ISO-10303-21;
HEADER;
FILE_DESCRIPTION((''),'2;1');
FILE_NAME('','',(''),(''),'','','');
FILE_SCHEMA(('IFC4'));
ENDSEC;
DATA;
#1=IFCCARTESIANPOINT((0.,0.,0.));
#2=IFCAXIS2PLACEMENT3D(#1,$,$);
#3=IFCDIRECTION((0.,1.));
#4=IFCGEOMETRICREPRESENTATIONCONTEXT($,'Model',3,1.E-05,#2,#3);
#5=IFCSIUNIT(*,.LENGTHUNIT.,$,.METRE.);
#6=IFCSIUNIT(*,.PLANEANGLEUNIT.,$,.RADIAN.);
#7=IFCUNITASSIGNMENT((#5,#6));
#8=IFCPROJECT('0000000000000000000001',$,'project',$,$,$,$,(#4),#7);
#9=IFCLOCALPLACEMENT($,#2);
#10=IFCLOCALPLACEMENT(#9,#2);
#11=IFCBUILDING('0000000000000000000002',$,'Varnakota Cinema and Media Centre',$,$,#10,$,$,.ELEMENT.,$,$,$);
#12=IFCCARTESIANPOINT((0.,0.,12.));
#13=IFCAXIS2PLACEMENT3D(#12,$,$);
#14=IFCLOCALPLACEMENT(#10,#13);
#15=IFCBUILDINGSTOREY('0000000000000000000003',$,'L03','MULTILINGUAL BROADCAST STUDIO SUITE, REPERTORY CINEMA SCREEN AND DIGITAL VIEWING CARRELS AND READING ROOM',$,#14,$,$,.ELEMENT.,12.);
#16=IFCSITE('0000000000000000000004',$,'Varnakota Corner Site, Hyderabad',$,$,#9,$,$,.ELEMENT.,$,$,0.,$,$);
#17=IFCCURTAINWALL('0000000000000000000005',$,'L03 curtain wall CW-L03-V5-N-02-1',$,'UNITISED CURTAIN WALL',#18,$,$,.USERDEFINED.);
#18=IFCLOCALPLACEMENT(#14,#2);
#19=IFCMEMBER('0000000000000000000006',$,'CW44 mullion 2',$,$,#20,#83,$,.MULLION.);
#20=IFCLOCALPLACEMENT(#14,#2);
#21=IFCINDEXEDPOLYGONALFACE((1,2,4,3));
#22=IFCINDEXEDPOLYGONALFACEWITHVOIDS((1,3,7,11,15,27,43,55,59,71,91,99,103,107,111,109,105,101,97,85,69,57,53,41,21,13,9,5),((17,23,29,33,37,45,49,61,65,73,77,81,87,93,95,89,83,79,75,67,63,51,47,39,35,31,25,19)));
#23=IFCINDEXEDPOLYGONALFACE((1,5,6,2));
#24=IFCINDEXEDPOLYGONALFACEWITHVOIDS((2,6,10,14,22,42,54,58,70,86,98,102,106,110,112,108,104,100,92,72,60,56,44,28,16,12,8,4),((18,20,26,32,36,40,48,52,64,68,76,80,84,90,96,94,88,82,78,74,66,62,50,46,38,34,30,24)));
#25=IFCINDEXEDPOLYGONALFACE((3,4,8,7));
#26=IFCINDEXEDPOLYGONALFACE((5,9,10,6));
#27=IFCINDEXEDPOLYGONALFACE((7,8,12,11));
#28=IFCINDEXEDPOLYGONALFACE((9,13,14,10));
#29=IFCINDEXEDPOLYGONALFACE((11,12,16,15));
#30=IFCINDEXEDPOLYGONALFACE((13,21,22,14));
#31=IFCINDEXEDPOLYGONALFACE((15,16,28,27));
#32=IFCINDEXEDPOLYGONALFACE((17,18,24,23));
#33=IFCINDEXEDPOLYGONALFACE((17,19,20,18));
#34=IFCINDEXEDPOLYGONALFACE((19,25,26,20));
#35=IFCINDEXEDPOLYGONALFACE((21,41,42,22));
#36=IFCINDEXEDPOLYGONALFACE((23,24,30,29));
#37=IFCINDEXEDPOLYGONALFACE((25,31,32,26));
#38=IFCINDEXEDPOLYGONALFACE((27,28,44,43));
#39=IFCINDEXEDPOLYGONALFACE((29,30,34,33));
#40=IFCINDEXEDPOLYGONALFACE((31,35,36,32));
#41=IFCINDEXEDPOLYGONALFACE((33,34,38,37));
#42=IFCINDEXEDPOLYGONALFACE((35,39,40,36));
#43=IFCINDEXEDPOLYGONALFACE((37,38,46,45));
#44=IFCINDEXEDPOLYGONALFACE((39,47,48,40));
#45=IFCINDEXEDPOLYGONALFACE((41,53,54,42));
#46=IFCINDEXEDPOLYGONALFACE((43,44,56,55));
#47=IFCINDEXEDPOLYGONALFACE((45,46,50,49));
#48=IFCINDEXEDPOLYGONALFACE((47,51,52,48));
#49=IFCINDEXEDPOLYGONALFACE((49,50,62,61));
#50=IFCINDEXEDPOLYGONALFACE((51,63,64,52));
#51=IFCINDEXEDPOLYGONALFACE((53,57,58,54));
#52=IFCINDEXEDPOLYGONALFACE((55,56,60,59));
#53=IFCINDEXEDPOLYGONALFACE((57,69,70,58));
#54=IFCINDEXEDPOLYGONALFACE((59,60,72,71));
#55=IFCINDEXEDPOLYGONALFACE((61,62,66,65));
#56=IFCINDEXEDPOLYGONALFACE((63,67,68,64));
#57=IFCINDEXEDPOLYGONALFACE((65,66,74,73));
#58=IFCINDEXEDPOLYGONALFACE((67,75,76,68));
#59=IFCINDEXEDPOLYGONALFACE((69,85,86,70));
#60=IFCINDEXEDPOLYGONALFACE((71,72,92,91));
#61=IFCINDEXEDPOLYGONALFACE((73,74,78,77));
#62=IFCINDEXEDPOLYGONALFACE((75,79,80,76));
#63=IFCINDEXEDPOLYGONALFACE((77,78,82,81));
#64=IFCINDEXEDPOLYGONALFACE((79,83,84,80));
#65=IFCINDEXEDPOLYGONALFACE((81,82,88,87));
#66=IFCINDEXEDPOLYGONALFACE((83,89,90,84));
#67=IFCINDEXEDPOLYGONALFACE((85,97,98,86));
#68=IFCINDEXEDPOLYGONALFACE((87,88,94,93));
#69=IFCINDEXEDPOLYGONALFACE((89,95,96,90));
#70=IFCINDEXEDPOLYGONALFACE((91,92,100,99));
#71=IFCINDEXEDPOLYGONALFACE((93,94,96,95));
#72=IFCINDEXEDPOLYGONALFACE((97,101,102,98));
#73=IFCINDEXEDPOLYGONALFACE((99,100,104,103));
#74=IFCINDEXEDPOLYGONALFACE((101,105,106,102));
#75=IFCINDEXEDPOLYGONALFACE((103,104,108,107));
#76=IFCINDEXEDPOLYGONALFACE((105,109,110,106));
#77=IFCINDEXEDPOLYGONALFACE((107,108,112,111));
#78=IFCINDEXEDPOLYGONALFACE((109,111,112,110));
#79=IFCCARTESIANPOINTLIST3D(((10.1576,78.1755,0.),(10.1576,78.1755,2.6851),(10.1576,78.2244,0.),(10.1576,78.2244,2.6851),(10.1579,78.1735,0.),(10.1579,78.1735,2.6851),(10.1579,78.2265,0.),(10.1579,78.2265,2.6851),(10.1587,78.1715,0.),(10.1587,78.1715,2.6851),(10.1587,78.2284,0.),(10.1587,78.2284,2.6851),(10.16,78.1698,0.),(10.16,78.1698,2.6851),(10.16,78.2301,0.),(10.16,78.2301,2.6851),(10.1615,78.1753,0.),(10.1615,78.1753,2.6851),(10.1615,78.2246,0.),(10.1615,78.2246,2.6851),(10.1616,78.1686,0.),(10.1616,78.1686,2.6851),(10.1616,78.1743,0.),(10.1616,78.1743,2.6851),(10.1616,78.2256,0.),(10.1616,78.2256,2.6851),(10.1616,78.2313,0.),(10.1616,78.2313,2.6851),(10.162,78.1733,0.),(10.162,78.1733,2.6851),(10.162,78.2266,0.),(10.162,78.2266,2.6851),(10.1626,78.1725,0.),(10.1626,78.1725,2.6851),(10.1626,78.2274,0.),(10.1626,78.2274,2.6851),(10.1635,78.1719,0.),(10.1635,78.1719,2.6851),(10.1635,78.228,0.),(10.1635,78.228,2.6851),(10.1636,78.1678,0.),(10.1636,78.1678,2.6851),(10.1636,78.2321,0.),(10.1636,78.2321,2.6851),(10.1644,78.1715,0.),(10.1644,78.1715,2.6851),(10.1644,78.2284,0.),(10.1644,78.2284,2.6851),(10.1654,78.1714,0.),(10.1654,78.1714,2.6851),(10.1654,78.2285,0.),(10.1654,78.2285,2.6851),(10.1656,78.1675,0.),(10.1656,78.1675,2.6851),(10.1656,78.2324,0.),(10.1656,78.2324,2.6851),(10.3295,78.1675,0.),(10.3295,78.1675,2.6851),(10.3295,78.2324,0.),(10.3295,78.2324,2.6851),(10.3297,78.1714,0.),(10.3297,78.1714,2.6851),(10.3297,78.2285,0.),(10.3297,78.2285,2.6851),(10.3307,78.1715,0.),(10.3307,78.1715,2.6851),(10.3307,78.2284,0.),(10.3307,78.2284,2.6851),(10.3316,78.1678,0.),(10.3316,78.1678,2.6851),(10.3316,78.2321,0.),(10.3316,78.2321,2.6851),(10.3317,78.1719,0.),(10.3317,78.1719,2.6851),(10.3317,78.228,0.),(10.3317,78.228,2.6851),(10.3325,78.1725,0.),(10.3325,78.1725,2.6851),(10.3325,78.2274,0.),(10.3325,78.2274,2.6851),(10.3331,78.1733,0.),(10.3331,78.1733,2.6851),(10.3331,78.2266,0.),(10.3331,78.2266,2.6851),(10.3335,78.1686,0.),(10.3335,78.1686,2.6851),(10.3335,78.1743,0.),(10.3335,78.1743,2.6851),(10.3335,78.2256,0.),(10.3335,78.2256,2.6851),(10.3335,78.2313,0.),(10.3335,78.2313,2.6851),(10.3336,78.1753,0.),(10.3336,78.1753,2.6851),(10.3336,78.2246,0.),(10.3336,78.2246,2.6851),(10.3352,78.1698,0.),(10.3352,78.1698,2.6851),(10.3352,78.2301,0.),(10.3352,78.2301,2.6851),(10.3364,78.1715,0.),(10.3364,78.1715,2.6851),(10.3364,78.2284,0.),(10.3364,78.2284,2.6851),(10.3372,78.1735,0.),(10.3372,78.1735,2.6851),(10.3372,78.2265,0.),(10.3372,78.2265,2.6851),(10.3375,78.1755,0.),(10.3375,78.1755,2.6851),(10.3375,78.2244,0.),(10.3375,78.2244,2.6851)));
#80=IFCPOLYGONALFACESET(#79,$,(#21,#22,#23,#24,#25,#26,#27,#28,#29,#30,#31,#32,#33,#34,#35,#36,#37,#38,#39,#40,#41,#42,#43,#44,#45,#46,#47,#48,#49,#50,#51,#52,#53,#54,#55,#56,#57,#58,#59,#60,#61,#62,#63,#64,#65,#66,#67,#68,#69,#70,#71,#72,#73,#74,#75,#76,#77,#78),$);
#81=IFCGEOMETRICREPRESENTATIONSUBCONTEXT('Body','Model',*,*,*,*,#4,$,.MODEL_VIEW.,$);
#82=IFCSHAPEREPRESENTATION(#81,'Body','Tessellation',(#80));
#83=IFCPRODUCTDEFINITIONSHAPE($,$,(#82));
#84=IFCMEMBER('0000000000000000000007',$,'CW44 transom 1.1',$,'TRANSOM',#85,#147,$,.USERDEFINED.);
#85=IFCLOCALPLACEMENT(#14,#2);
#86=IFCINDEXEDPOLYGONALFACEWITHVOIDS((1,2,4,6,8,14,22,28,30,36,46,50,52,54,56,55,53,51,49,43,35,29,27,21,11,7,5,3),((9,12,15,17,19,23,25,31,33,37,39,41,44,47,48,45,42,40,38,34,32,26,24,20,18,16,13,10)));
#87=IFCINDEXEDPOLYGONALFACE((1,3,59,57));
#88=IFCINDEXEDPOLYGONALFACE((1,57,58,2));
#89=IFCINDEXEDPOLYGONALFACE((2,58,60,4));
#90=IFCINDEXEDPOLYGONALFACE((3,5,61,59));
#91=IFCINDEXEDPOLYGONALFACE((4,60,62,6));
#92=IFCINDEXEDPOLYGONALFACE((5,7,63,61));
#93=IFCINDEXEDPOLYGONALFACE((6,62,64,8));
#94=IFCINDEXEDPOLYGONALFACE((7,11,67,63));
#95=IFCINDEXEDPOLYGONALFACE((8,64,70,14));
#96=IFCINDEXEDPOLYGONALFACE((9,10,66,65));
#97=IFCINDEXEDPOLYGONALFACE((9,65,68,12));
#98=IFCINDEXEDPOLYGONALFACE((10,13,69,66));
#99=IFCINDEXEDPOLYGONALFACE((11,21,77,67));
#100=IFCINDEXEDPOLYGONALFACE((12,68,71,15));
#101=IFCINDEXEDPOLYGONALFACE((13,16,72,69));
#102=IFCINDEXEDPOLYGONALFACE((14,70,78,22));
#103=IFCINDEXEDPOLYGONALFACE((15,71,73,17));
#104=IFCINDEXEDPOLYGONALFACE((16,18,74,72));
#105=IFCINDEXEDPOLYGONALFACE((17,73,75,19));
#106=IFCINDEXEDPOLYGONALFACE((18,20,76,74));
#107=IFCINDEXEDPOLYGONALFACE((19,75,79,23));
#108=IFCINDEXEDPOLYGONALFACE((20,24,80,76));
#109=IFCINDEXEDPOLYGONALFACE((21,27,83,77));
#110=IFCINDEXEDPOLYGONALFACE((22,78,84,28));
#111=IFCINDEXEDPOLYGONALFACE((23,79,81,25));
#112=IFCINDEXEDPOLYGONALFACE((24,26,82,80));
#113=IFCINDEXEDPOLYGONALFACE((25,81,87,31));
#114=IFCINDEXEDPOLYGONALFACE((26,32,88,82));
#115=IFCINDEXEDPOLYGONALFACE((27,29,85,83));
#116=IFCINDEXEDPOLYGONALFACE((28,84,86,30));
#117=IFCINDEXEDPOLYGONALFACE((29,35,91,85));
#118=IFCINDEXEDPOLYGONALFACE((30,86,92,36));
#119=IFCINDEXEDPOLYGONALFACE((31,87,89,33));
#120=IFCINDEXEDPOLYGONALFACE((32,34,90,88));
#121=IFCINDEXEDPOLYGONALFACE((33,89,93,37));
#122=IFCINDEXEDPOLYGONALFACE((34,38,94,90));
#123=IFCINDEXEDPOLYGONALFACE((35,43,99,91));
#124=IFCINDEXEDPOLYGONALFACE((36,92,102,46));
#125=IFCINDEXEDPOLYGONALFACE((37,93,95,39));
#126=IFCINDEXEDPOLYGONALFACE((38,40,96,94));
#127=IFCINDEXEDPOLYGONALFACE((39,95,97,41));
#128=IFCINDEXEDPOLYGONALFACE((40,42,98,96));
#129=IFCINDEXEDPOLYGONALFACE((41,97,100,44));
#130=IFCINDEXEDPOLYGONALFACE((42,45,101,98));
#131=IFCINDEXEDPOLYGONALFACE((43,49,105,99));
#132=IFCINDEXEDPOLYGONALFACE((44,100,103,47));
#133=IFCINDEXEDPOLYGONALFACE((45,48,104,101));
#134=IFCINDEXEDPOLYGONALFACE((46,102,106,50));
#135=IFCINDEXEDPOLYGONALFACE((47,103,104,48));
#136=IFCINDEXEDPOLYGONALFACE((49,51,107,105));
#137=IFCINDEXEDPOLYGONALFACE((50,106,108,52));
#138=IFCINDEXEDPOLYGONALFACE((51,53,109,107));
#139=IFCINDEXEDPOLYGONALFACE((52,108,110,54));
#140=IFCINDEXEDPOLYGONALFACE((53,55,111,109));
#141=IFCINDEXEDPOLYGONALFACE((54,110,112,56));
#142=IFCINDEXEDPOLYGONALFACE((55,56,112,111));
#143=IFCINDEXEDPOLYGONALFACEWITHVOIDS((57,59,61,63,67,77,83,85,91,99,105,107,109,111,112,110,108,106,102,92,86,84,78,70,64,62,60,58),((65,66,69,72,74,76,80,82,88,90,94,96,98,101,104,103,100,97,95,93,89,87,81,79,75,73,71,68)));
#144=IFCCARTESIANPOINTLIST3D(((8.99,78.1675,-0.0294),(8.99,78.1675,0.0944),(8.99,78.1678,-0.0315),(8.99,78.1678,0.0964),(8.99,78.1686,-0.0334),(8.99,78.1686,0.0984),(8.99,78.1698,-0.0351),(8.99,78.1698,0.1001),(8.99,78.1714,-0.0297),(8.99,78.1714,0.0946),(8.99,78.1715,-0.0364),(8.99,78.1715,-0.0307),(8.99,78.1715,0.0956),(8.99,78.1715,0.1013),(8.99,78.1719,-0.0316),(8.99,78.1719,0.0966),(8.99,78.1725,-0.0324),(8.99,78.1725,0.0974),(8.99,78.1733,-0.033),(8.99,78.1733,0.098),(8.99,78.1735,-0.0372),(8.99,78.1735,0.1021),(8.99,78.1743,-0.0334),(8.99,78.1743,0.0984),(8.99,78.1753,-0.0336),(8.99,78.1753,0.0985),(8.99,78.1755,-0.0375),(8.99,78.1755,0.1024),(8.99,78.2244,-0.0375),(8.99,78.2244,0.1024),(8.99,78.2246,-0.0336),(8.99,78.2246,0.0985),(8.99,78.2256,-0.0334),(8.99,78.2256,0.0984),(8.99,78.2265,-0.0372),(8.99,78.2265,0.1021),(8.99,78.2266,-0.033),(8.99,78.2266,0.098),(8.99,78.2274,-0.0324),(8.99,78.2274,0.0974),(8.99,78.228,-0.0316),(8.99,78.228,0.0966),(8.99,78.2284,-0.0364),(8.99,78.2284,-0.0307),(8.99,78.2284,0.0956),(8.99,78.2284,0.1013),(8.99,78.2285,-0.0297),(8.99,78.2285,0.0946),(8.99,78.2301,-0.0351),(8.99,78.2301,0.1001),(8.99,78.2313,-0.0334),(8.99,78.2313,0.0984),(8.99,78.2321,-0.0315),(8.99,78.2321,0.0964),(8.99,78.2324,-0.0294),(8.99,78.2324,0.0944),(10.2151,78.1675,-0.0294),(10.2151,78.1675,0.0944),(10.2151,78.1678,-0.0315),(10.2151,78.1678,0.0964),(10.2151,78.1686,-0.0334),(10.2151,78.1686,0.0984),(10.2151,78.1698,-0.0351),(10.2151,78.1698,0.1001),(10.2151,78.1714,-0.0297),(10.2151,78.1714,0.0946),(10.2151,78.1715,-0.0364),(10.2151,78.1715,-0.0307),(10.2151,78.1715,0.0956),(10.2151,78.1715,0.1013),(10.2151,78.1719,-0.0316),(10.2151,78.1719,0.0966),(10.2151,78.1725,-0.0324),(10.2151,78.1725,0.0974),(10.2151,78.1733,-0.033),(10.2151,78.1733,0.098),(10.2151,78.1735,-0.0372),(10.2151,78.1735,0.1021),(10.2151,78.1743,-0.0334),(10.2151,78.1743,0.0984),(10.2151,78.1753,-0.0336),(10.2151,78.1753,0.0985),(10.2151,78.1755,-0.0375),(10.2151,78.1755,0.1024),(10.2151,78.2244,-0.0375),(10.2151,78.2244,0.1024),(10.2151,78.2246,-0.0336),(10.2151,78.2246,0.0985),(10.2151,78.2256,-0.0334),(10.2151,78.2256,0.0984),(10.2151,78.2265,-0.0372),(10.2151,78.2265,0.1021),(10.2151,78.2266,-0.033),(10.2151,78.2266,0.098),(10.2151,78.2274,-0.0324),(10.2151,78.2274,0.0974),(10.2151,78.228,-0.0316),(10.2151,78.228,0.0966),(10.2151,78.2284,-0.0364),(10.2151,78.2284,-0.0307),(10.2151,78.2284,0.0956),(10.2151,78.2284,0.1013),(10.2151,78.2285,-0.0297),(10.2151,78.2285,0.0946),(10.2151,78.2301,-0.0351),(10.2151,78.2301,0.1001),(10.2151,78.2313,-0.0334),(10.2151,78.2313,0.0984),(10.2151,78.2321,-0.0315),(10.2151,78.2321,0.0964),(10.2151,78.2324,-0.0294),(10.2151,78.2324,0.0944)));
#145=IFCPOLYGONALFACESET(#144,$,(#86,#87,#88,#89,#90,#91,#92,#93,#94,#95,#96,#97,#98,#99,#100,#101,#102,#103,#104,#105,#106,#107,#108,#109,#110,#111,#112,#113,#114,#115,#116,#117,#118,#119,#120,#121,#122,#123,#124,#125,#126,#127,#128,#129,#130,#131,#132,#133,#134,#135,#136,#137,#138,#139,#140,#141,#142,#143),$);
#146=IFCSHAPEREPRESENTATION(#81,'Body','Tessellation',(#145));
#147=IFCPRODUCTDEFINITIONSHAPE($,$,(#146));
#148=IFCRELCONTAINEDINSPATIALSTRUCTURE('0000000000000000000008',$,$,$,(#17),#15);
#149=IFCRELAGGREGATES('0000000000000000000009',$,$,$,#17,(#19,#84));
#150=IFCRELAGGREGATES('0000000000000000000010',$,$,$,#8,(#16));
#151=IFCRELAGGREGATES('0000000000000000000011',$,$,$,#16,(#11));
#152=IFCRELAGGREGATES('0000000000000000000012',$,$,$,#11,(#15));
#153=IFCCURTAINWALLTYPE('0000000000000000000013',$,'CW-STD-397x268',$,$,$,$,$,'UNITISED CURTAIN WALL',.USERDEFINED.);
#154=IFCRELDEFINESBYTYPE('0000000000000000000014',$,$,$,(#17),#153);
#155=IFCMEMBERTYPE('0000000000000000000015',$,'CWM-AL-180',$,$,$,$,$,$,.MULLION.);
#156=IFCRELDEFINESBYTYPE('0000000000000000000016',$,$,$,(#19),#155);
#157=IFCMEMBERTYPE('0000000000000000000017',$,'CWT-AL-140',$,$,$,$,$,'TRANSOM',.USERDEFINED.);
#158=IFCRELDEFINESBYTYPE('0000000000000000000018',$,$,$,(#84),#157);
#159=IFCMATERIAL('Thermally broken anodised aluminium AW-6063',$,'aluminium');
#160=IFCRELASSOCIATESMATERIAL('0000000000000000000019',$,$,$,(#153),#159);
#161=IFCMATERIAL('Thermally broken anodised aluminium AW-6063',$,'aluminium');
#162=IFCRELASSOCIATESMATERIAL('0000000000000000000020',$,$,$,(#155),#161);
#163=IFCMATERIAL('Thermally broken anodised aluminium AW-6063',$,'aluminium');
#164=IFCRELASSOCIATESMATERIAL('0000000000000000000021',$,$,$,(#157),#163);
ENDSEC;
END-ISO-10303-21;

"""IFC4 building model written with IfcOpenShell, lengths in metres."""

from ifc_helpers import new_model, si_unit, direction, frame, origin, origin_2d, place, context, subcontext, project, spatial, hollow_rectangle, extrude, material, material_profile, profile_set, type_object, element, aggregate, save


model = new_model("IFC4")

# Units and contexts
model_context = context("Model", 3, precision=1e-05, world=origin(), true_north=direction((0.0, 1.0)))
body_context = subcontext(model_context, "Body", "Model", "MODEL_VIEW")
ifc_project = project(units=[si_unit("LENGTHUNIT", "METRE"), si_unit("PLANEANGLEUNIT", "RADIAN")], contexts=[model_context])

# Site, building, storey
site_placement = place(None, origin())
site = spatial("IfcSite", under=ifc_project, at=site_placement, Name="Varnakota Corner Site, Hyderabad", CompositionType="ELEMENT", RefElevation=0.0)
building_placement = place(site_placement, origin())
building = spatial("IfcBuilding", under=site, at=building_placement, Name="Varnakota Cinema and Media Centre", CompositionType="ELEMENT")
storey_placement = place(building_placement, frame((0.0, 0.0, 12.0)))
storey = spatial("IfcBuildingStorey", under=building, at=storey_placement, Name="L03", Description="MULTILINGUAL BROADCAST STUDIO SUITE, REPERTORY CINEMA SCREEN AND DIGITAL VIEWING CARRELS AND READING ROOM", CompositionType="ELEMENT", Elevation=12.0)

# Curtain wall, members
ifc_material_1 = material(Name="Thermally broken anodised aluminium AW-6063", Category="aluminium")
curtain_wall_type = type_object("IfcCurtainWallType", Name="CW-STD-397x268", ElementType="UNITISED CURTAIN WALL", PredefinedType="USERDEFINED", material=ifc_material_1)
curtain_wall_placement = place(storey_placement, origin())
curtain_wall = element("IfcCurtainWall", 1, at=curtain_wall_placement, inside=storey, type_object=curtain_wall_type, Name="L03 curtain wall CW-L03-V5-N-02-1", ObjectType="UNITISED CURTAIN WALL", PredefinedType="USERDEFINED")
ifc_material_2 = material(Name="Thermally broken anodised aluminium AW-6063", Category="aluminium")
ifc_material_profile_1 = material_profile(ifc_material_2, hollow_rectangle(XDim=0.0649, YDim=0.1799, WallThickness=0.0039, InnerFilletRadius=0.0039, OuterFilletRadius=0.0081, at=origin_2d()), Name="AL-MULLION 180x65x4")
ifc_profile_set_1 = profile_set([ifc_material_profile_1], Name="Thermally broken anodised aluminium AW-6063")
member_type_1 = type_object("IfcMemberType", Name="CWM-AL-180", PredefinedType="MULLION", material=ifc_profile_set_1)
member_1_placement = place(storey_placement, frame((10.2476, 78.2, 0.0), z_axis=(0.0, 0.0, 1.0), x_axis=(0.0, 1.0, 0.0)))
member_1 = element("IfcMember", 2, at=member_1_placement, type_object=member_type_1, Name="CW44 mullion 2", PredefinedType="MULLION", context=body_context, shape_type="SweptSolid", body=[
    extrude(hollow_rectangle(XDim=0.0649, YDim=0.1799, WallThickness=0.0039, InnerFilletRadius=0.0039, OuterFilletRadius=0.0081, at=origin_2d()), origin(), (0.0, 0.0, 1.0), 2.6851),
])
ifc_material_3 = material(Name="Thermally broken anodised aluminium AW-6063", Category="aluminium")
ifc_material_profile_2 = material_profile(ifc_material_3, hollow_rectangle(XDim=0.0649, YDim=0.1399, WallThickness=0.0039, InnerFilletRadius=0.0039, OuterFilletRadius=0.0081, at=origin_2d()), Name="AL-TRANSOM 140x65x4")
ifc_profile_set_2 = profile_set([ifc_material_profile_2], Name="Thermally broken anodised aluminium AW-6063")
member_type_2 = type_object("IfcMemberType", Name="CWT-AL-140", ElementType="TRANSOM", PredefinedType="USERDEFINED", material=ifc_profile_set_2)
member_2_placement = place(storey_placement, frame((8.99, 78.2, 0.0325), z_axis=(1.0, 0.0, 0.0), x_axis=(0.0, 1.0, 0.0)))
member_2 = element("IfcMember", 3, at=member_2_placement, type_object=member_type_2, Name="CW44 transom 1.1", ObjectType="TRANSOM", PredefinedType="USERDEFINED", context=body_context, shape_type="SweptSolid", body=[
    extrude(hollow_rectangle(XDim=0.0649, YDim=0.1399, WallThickness=0.0039, InnerFilletRadius=0.0039, OuterFilletRadius=0.0081, at=origin_2d()), origin(), (0.0, 0.0, 1.0), 1.2251),
])
aggregate(curtain_wall, [member_1, member_2])

save(model, "model.ifc")
